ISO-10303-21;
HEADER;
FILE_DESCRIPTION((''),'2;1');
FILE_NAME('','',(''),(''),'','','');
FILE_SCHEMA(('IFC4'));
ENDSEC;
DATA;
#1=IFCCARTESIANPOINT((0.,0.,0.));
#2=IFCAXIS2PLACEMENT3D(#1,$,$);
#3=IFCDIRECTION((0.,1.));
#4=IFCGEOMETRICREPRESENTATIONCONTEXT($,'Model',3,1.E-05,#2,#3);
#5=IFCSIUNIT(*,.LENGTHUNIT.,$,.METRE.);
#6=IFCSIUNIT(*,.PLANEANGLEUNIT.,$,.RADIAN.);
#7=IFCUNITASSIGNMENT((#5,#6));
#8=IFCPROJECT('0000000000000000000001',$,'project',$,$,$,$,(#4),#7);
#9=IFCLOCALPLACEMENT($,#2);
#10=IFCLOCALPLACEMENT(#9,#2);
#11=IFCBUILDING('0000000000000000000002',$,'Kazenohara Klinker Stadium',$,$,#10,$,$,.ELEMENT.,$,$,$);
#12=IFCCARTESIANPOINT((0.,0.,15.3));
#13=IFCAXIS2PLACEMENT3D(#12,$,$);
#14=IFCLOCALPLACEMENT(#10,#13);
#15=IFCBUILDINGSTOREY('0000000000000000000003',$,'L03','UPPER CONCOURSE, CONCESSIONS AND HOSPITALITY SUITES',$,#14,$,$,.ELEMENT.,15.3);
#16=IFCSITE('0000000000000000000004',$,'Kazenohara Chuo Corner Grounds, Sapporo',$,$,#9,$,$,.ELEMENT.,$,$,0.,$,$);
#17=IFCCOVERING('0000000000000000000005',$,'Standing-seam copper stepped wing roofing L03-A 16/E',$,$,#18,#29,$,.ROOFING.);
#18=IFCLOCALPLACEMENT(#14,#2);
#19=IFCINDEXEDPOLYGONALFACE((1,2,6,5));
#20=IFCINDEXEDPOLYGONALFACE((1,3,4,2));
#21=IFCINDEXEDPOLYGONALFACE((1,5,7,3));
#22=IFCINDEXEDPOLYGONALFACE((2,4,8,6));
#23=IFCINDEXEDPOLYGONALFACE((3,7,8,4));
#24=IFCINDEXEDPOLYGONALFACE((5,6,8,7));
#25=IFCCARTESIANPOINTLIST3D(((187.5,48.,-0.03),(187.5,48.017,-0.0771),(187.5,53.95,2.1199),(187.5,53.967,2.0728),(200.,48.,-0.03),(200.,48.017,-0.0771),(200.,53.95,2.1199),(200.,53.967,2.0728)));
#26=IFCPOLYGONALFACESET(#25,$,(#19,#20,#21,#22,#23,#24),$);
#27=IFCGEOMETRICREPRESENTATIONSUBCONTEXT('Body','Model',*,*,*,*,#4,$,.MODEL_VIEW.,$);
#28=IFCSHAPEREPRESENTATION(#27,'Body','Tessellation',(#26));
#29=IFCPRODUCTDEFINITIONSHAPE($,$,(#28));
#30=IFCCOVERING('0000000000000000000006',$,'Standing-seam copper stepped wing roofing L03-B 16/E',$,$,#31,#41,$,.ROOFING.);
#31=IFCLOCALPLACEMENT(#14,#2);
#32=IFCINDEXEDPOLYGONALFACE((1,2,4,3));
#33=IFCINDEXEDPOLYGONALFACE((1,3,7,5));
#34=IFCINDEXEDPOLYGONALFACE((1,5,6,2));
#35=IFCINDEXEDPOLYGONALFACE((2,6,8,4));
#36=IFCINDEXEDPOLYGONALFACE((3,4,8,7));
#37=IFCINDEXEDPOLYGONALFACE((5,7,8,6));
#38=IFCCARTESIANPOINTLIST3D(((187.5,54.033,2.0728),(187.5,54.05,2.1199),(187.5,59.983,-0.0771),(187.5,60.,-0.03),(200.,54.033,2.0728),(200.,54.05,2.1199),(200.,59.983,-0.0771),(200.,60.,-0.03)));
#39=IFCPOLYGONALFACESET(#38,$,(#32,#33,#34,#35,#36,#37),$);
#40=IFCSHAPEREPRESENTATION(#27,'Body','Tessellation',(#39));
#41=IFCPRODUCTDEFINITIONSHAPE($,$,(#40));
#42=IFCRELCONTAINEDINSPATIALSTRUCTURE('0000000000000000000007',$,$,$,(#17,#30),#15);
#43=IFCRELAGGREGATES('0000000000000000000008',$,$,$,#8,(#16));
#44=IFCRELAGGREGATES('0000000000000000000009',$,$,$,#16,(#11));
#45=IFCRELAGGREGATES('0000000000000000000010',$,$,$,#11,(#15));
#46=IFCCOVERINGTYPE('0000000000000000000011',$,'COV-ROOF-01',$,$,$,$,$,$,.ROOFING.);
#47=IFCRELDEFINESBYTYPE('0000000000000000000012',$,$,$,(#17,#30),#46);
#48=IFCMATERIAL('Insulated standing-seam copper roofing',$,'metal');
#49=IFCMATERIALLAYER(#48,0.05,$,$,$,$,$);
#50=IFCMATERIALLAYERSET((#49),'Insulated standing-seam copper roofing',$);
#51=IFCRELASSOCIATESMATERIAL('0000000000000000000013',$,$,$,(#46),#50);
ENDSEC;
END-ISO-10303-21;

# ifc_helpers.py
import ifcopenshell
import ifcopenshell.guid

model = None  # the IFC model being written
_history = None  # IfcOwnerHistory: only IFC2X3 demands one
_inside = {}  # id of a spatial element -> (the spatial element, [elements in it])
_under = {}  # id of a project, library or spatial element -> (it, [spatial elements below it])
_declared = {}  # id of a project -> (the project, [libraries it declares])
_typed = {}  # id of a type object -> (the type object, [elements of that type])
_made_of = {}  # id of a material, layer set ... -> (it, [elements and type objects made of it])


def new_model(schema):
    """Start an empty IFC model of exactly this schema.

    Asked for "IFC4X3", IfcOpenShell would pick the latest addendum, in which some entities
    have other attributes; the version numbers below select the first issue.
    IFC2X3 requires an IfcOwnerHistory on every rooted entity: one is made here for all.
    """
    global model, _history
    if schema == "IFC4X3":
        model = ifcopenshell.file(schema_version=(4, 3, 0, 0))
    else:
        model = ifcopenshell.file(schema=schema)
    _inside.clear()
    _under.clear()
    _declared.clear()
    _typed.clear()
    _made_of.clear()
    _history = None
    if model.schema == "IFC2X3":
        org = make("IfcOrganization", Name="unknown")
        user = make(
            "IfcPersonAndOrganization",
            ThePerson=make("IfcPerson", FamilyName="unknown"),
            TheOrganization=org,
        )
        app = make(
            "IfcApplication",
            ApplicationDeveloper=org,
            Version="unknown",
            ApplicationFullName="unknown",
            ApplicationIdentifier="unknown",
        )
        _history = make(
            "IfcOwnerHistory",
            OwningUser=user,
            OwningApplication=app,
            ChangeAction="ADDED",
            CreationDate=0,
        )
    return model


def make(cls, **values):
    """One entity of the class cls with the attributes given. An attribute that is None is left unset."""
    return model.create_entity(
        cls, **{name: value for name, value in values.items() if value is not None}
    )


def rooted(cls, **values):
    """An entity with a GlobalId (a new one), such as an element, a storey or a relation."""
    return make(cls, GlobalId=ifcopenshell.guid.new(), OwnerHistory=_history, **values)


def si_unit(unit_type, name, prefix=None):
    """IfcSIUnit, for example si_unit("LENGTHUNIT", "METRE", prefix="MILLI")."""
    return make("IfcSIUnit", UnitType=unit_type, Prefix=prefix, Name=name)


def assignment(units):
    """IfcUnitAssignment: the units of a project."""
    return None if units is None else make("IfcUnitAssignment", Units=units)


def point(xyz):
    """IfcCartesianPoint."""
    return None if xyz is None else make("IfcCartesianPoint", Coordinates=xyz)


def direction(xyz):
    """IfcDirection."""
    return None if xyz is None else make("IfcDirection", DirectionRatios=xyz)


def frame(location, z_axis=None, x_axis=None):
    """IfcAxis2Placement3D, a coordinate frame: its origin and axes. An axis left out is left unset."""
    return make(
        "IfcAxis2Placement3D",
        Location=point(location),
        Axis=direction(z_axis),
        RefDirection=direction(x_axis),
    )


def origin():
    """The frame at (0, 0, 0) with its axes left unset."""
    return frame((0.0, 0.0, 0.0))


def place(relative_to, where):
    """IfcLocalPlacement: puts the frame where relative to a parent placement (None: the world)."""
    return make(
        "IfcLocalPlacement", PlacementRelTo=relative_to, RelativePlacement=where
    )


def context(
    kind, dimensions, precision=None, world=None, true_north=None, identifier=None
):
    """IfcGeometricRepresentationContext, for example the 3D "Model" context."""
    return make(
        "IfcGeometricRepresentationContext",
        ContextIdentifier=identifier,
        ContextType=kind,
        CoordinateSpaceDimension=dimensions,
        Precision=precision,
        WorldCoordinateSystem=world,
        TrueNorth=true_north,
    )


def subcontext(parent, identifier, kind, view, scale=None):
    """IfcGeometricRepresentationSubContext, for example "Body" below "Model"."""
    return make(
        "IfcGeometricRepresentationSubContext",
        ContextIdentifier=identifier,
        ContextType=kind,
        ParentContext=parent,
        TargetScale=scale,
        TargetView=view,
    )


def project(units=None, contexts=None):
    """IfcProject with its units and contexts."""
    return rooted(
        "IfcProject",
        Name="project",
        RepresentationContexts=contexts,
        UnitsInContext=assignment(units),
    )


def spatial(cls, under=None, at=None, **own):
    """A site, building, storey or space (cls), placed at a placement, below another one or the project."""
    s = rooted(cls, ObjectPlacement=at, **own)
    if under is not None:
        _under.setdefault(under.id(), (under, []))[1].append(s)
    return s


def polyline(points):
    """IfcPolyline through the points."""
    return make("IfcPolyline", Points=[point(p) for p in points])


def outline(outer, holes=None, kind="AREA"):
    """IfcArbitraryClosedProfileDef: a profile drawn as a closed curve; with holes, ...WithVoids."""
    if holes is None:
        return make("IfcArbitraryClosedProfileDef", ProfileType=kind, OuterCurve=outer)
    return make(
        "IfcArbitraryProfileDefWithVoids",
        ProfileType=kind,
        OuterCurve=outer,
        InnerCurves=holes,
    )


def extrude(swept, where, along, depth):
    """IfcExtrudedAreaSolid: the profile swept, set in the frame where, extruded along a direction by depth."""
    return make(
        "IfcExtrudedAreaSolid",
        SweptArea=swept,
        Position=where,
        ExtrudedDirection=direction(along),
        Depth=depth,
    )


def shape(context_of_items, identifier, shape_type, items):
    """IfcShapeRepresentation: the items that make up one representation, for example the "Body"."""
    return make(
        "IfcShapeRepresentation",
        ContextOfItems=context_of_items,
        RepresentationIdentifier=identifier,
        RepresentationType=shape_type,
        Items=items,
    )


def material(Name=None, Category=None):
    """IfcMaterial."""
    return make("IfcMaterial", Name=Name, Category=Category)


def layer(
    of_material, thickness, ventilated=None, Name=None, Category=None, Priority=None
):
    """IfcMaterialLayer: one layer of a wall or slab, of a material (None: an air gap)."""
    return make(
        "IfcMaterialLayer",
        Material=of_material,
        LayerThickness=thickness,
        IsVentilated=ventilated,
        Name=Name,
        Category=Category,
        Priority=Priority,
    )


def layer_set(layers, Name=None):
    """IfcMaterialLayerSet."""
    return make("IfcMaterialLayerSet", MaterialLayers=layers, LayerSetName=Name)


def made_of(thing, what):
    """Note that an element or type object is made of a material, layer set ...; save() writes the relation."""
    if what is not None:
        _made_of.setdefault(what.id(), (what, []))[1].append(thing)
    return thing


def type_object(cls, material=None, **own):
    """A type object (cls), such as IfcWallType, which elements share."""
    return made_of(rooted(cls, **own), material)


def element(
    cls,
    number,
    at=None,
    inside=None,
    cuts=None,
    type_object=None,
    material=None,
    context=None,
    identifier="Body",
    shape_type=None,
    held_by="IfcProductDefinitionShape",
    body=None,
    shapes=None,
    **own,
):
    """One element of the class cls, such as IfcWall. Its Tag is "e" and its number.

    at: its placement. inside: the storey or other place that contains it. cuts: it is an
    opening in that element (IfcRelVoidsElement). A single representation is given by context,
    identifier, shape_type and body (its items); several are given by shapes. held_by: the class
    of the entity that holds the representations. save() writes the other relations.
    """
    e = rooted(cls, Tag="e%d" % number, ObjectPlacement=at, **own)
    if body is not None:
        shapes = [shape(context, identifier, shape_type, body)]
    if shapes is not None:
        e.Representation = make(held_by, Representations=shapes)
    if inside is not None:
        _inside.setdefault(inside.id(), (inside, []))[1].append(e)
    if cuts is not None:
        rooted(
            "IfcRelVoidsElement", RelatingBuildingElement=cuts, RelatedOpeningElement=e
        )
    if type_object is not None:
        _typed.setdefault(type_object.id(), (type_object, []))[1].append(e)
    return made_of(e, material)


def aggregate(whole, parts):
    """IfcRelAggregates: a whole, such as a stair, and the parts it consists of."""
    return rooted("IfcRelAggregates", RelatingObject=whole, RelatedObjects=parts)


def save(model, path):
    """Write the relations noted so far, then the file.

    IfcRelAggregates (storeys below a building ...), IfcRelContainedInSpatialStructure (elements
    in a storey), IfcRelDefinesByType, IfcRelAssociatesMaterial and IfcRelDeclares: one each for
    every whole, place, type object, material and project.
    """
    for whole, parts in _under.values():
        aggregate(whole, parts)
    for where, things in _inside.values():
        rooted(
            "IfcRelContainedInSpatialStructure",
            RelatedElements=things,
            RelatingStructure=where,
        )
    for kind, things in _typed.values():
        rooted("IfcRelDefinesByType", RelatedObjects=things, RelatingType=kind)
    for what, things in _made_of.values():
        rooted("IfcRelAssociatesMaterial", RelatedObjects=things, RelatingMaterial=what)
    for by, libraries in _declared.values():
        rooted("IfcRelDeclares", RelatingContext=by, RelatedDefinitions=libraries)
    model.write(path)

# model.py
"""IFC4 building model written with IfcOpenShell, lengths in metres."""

from ifc_helpers import new_model, si_unit, direction, frame, origin, place, context, subcontext, project, spatial, polyline, outline, extrude, material, layer, layer_set, type_object, element, save


model = new_model("IFC4")

# Units and contexts
model_context = context("Model", 3, precision=1e-05, world=origin(), true_north=direction((0.0, 1.0)))
body_context = subcontext(model_context, "Body", "Model", "MODEL_VIEW")
ifc_project = project(units=[si_unit("LENGTHUNIT", "METRE"), si_unit("PLANEANGLEUNIT", "RADIAN")], contexts=[model_context])

# Site, building, storey
site_placement = place(None, origin())
site = spatial("IfcSite", under=ifc_project, at=site_placement, Name="Kazenohara Chuo Corner Grounds, Sapporo", CompositionType="ELEMENT", RefElevation=0.0)
building_placement = place(site_placement, origin())
building = spatial("IfcBuilding", under=site, at=building_placement, Name="Kazenohara Klinker Stadium", CompositionType="ELEMENT")
storey_placement = place(building_placement, frame((0.0, 0.0, 15.3)))
storey = spatial("IfcBuildingStorey", under=building, at=storey_placement, Name="L03", Description="UPPER CONCOURSE, CONCESSIONS AND HOSPITALITY SUITES", CompositionType="ELEMENT", Elevation=15.3)

# Coverings
ifc_material_1 = material(Name="Insulated standing-seam copper roofing", Category="metal")
ifc_layer_1 = layer(ifc_material_1, 0.05)
ifc_layer_set_1 = layer_set([ifc_layer_1], Name="Insulated standing-seam copper roofing")
covering_type = type_object("IfcCoveringType", Name="COV-ROOF-01", PredefinedType="ROOFING", material=ifc_layer_set_1)
for number, where, z_axis, x_axis, name in (
    (1, (187.5, 48.0, -0.03), (0.0, -0.339827, 0.940488), (1.0, 0.0, 0.0), "Standing-seam copper stepped wing roofing L03-A 16/E"),
    (2, (187.5, 54.05, 2.1199), (0.0, 0.339827, 0.940488), (1.0, 0.0, 0.0), "Standing-seam copper stepped wing roofing L03-B 16/E"),
):
    element("IfcCovering", number, at=place(storey_placement, frame(where, z_axis=z_axis, x_axis=x_axis)), inside=storey, type_object=covering_type, Name=name, PredefinedType="ROOFING", context=body_context, shape_type="SweptSolid", body=[
        extrude(outline(polyline([(0.0, 0.0), (12.5, 0.0), (12.5, 6.3265), (0.0, 6.3265), (0.0, 0.0)])), origin(), (0.0, 0.0, -1.0), 0.05),
    ])

save(model, "model.ifc")
